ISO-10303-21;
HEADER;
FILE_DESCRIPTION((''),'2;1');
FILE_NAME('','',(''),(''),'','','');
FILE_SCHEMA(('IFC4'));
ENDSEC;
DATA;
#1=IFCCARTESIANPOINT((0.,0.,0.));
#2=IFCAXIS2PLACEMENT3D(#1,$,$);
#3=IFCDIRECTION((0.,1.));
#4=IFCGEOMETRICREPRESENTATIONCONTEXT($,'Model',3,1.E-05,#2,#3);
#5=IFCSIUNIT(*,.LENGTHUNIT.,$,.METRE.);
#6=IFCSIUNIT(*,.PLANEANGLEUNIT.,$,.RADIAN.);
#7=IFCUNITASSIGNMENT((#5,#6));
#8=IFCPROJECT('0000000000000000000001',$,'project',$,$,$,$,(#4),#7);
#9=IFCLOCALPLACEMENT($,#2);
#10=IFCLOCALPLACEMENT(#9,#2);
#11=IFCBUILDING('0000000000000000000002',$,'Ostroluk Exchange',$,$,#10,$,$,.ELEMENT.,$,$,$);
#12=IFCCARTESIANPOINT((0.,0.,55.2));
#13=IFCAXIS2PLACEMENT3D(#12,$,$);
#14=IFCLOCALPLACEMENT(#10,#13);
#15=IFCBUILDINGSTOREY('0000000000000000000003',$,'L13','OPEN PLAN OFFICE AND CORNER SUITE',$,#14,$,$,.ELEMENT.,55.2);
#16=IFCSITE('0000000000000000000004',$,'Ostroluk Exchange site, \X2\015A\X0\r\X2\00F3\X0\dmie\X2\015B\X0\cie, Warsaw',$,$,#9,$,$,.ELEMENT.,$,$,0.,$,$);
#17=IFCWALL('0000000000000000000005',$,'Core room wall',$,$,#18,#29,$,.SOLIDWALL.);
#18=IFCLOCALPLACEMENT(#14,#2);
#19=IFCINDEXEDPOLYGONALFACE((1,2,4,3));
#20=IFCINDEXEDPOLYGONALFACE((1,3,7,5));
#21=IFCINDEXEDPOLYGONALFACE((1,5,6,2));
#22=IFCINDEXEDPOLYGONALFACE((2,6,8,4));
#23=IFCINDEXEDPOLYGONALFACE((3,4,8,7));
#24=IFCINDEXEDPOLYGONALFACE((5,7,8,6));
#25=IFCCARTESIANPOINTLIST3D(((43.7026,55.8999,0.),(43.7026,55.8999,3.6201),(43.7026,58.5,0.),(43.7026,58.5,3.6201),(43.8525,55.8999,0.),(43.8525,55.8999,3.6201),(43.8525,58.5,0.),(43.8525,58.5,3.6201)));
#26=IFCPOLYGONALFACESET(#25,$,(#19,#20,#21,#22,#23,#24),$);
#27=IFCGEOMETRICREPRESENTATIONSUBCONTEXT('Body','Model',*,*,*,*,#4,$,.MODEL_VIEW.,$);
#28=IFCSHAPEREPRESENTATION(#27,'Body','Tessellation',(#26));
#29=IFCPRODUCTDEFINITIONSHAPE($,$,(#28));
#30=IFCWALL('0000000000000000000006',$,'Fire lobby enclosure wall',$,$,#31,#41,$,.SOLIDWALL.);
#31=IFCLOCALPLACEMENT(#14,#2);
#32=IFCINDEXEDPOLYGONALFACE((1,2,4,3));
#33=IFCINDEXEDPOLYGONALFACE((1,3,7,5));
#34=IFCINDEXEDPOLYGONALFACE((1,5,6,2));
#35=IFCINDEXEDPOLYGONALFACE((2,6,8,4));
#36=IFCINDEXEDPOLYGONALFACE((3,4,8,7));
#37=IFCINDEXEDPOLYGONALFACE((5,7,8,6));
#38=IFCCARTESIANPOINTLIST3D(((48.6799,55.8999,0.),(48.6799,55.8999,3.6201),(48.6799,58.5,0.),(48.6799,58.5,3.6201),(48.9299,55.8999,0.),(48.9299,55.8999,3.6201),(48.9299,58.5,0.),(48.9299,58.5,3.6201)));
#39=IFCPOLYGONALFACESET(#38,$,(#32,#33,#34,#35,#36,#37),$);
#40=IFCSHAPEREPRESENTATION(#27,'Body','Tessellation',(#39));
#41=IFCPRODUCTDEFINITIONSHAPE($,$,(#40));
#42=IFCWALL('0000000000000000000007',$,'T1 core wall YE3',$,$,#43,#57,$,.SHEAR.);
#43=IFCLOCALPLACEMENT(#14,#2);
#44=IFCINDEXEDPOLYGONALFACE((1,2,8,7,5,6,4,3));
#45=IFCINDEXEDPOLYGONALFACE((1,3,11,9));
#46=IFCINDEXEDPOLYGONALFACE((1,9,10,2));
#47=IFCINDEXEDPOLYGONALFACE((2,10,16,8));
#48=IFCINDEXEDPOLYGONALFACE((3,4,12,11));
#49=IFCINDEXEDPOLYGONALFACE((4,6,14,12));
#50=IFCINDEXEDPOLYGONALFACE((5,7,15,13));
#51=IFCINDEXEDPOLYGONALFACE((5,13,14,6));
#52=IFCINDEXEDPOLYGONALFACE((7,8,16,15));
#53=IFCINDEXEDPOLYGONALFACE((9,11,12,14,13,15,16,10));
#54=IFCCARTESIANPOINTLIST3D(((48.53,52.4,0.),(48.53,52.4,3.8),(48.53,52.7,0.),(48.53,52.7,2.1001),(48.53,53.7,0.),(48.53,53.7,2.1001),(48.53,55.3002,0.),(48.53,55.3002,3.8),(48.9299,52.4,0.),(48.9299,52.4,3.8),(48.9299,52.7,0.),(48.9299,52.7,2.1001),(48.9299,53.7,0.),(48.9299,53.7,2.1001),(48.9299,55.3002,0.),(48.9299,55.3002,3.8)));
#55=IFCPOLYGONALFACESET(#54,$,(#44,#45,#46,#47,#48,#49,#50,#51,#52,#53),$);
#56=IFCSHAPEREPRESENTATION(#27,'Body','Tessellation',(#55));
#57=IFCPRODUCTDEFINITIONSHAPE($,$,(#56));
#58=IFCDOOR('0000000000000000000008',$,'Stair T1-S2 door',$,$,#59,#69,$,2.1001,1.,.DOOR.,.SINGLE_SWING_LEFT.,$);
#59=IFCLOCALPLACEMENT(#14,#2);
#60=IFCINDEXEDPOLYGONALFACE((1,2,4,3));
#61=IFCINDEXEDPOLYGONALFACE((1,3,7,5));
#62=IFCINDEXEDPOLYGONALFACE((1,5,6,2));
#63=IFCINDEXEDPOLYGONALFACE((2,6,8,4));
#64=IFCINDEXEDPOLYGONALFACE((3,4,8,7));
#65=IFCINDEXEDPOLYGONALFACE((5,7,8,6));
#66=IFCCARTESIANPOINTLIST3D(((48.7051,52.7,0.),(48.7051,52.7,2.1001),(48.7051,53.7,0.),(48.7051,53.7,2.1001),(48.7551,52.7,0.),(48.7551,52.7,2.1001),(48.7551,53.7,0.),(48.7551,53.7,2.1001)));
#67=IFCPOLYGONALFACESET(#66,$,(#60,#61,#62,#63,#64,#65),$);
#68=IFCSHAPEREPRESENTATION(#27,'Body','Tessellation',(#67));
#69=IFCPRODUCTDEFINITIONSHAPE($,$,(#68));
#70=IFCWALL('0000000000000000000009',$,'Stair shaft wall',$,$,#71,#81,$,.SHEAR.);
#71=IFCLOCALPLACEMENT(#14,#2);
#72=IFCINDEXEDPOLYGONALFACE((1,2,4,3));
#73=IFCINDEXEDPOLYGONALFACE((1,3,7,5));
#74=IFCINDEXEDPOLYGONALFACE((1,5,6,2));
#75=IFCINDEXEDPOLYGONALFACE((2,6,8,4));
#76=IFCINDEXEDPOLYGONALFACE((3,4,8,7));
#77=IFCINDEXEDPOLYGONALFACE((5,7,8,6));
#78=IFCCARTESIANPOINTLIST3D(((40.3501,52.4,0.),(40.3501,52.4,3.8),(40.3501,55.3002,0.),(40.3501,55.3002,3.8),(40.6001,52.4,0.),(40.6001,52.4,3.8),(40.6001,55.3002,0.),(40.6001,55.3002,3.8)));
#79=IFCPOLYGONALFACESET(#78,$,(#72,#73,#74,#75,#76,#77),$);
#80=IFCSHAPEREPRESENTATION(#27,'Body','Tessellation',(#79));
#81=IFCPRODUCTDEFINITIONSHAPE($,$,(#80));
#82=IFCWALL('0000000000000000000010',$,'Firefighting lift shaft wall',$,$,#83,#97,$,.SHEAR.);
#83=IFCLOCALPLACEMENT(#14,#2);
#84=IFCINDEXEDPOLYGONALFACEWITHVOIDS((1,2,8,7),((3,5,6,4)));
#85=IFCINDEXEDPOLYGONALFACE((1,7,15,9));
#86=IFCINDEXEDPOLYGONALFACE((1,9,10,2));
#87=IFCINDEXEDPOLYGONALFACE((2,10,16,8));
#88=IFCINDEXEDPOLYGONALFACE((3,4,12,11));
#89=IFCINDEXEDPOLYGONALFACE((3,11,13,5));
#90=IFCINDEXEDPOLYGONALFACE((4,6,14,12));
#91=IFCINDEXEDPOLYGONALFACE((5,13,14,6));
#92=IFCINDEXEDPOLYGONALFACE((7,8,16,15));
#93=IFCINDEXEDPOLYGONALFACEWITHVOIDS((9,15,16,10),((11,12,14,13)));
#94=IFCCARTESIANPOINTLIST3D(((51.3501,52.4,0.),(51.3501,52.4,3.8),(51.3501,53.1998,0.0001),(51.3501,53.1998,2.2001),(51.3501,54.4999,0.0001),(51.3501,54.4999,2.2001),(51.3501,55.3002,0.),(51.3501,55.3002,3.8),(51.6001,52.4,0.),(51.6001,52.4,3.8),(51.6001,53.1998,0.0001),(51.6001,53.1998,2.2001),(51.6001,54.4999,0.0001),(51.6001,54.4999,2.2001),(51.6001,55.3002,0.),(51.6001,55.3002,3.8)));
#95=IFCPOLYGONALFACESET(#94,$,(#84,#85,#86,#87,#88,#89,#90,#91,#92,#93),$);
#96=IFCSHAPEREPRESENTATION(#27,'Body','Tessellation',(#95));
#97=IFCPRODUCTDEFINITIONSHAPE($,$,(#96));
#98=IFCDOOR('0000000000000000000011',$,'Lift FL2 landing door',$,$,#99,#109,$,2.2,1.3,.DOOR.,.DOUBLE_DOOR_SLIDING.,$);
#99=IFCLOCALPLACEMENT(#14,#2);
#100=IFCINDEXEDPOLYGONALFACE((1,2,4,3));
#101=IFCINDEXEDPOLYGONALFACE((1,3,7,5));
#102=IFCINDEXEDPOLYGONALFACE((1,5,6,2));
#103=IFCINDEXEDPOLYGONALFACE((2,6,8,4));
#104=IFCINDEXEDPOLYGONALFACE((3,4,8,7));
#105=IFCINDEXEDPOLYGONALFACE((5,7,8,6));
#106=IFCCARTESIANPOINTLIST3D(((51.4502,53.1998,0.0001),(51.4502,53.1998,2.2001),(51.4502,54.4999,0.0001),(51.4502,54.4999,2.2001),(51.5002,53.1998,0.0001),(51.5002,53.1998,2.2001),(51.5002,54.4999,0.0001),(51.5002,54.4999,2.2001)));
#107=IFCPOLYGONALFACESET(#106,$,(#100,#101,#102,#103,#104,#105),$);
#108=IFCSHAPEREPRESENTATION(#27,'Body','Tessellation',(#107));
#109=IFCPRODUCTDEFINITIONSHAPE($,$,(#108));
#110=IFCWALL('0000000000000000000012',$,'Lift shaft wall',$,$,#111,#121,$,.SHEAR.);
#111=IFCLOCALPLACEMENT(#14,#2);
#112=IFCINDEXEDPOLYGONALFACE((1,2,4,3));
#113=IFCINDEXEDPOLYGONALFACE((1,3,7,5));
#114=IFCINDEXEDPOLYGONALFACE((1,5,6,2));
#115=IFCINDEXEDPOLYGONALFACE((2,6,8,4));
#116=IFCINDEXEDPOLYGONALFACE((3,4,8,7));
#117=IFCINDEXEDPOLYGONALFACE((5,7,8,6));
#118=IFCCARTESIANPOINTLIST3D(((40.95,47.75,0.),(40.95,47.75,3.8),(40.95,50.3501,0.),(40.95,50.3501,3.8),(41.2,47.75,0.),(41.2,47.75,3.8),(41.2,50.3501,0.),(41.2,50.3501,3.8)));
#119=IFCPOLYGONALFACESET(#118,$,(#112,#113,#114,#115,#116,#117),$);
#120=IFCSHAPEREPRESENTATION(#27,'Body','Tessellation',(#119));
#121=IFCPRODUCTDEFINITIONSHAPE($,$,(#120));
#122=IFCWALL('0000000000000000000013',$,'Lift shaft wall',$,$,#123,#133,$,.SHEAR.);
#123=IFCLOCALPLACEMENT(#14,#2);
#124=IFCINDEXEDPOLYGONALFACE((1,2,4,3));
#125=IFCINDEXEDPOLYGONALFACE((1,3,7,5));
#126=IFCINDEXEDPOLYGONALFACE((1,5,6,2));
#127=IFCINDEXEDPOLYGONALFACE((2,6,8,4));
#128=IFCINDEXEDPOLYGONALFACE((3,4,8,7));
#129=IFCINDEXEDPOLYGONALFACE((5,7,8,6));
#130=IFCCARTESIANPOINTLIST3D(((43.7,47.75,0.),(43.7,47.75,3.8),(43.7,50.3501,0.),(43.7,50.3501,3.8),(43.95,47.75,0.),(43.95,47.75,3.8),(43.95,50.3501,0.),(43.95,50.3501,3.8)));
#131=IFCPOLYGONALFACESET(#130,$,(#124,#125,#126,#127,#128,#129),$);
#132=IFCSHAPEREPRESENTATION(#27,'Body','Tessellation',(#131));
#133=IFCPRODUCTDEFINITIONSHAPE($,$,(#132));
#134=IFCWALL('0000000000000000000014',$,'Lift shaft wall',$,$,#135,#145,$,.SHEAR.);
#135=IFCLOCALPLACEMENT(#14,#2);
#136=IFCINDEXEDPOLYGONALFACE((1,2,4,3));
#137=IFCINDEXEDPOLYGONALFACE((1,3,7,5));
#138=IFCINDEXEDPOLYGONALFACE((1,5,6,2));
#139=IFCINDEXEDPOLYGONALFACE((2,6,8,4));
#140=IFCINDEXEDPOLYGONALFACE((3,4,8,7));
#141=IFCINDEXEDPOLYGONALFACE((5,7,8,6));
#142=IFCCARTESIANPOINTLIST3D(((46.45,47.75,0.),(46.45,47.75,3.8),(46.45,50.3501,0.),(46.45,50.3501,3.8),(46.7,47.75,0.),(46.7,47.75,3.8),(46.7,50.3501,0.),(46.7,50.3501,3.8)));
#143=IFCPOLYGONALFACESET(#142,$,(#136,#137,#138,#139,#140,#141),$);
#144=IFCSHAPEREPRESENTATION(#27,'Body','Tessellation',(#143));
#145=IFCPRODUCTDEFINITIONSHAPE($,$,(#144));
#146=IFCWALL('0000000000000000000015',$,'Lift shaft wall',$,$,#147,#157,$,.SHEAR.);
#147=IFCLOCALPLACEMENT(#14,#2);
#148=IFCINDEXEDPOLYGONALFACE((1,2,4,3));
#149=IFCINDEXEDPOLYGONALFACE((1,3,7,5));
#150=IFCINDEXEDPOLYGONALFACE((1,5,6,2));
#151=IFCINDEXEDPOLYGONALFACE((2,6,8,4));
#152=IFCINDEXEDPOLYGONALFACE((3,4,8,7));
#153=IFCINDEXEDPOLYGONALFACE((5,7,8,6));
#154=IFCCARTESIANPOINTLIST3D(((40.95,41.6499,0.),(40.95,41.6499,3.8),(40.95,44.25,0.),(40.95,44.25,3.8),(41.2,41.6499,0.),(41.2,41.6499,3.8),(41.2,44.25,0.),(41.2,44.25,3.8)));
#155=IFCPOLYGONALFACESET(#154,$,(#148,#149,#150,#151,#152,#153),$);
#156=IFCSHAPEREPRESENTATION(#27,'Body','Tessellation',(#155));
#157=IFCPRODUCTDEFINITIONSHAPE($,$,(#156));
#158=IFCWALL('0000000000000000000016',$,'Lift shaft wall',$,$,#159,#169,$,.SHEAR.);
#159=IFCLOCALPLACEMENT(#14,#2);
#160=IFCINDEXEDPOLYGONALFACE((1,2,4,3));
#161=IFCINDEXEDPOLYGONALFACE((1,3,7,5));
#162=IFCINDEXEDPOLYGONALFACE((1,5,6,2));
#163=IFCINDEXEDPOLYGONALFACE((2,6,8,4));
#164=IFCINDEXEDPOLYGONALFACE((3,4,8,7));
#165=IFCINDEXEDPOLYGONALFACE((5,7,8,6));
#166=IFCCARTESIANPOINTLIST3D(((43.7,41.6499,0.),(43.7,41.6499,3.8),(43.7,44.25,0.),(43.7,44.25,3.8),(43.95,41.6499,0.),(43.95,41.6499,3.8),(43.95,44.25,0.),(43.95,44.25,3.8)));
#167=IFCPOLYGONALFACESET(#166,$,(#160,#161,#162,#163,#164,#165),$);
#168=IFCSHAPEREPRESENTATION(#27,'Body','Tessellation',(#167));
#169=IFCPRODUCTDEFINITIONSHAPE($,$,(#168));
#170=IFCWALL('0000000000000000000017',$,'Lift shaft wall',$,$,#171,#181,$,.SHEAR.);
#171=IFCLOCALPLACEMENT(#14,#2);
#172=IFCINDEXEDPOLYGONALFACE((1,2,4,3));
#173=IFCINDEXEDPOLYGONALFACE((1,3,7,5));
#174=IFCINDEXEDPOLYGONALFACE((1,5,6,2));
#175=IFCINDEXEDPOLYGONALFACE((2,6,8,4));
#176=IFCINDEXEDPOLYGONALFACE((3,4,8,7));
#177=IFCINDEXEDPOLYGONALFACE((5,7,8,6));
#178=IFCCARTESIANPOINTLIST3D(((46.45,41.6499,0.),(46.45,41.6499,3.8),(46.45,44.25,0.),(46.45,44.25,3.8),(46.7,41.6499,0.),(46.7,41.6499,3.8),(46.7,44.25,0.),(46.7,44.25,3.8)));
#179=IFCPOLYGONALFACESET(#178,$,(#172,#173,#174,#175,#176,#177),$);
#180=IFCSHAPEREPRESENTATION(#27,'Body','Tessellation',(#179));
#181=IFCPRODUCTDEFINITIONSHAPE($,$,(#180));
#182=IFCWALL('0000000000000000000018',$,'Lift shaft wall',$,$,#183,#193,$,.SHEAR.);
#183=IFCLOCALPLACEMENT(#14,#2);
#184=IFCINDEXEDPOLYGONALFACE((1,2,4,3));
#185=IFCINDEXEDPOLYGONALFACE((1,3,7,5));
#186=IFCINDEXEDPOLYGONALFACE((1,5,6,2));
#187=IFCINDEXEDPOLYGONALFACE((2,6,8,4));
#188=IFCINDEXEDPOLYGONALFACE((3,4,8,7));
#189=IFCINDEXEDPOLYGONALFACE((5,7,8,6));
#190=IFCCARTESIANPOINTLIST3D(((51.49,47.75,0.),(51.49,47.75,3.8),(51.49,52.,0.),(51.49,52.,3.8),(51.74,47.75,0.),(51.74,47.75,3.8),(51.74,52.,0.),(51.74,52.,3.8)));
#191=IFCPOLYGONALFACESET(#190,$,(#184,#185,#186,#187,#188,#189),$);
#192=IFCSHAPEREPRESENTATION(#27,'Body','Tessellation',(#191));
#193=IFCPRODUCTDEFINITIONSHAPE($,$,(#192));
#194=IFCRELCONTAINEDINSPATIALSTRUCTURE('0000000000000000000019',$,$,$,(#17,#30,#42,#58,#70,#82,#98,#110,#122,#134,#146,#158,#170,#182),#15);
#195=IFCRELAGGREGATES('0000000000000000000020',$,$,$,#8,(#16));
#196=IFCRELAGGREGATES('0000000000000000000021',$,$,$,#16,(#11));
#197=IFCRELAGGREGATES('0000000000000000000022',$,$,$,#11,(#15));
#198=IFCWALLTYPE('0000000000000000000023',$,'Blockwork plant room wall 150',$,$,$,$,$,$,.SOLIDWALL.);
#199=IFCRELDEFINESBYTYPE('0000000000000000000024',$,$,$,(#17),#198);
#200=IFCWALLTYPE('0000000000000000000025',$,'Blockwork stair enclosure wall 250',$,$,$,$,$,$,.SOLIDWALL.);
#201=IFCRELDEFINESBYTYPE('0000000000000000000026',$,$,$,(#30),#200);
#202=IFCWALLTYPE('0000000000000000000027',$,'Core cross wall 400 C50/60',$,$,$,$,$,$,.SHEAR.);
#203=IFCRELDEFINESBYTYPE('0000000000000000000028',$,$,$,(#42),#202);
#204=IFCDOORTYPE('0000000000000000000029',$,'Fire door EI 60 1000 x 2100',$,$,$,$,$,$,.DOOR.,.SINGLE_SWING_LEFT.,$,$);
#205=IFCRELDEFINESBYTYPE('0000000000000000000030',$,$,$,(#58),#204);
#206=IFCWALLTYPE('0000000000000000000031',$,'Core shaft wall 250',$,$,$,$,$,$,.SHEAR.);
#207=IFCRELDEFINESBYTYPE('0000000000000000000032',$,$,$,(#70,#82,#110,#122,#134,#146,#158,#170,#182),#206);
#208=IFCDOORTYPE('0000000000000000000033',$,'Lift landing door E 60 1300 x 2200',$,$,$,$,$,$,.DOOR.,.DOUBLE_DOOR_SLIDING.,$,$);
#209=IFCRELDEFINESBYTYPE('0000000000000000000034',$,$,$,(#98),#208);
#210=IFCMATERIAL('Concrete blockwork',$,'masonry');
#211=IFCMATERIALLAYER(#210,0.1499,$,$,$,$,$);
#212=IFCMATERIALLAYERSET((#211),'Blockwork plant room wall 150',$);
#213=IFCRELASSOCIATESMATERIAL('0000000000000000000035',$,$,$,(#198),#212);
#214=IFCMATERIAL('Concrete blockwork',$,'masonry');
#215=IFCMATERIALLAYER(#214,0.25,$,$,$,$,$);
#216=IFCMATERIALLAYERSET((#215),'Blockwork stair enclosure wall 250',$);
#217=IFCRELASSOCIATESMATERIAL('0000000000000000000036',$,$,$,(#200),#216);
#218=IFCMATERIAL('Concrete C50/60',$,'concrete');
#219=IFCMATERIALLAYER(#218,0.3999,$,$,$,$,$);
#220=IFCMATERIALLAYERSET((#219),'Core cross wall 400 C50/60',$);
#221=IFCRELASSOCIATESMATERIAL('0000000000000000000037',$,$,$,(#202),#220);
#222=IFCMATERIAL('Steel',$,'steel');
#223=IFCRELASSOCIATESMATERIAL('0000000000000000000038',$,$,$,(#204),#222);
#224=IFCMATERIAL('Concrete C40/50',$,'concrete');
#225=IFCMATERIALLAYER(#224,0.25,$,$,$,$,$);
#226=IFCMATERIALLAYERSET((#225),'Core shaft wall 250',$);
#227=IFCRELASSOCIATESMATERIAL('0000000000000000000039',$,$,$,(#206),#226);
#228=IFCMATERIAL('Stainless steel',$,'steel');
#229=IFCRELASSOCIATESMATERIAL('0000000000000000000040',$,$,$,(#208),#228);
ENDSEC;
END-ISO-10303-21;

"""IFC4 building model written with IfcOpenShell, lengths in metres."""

from ifc_helpers import new_model, si_unit, direction, frame, frame_2d, origin, place, context, subcontext, project, spatial, rectangle, extrude, material, layer, layer_set, type_object, element, fill, save


model = new_model("IFC4")

# Units and contexts
model_context = context("Model", 3, precision=1e-05, world=origin(), true_north=direction((0.0, 1.0)))
body_context = subcontext(model_context, "Body", "Model", "MODEL_VIEW")
ifc_project = project(units=[si_unit("LENGTHUNIT", "METRE"), si_unit("PLANEANGLEUNIT", "RADIAN")], contexts=[model_context])

# Site, building, storey
site_placement = place(None, origin())
site = spatial("IfcSite", under=ifc_project, at=site_placement, Name="Ostroluk Exchange site, Śródmieście, Warsaw", CompositionType="ELEMENT", RefElevation=0.0)
building_placement = place(site_placement, origin())
building = spatial("IfcBuilding", under=site, at=building_placement, Name="Ostroluk Exchange", CompositionType="ELEMENT")
storey_placement = place(building_placement, frame((0.0, 0.0, 55.2)))
storey = spatial("IfcBuildingStorey", under=building, at=storey_placement, Name="L13", Description="OPEN PLAN OFFICE AND CORNER SUITE", CompositionType="ELEMENT", Elevation=55.2)

# Walls
ifc_material_1 = material(Name="Concrete blockwork", Category="masonry")
ifc_layer_1 = layer(ifc_material_1, 0.1499)
ifc_layer_set_1 = layer_set([ifc_layer_1], Name="Blockwork plant room wall 150")
wall_type_1 = type_object("IfcWallType", Name="Blockwork plant room wall 150", PredefinedType="SOLIDWALL", material=ifc_layer_set_1)
wall_1_placement = place(storey_placement, frame((43.7776, 55.8999, 0.0), z_axis=(0.0, 0.0, 1.0), x_axis=(0.0, 1.0, 0.0)))
element("IfcWall", 1, at=wall_1_placement, inside=storey, type_object=wall_type_1, Name="Core room wall", PredefinedType="SOLIDWALL", context=body_context, shape_type="SweptSolid", body=[
    extrude(rectangle(XDim=2.6001, YDim=0.1499, at=frame_2d((1.3, 0.0))), origin(), (0.0, 0.0, 1.0), 3.6201),
])
ifc_material_2 = material(Name="Concrete blockwork", Category="masonry")
ifc_layer_2 = layer(ifc_material_2, 0.25)
ifc_layer_set_2 = layer_set([ifc_layer_2], Name="Blockwork stair enclosure wall 250")
wall_type_2 = type_object("IfcWallType", Name="Blockwork stair enclosure wall 250", PredefinedType="SOLIDWALL", material=ifc_layer_set_2)
wall_2_placement = place(storey_placement, frame((48.8049, 55.8999, 0.0), z_axis=(0.0, 0.0, 1.0), x_axis=(0.0, 1.0, 0.0)))
element("IfcWall", 2, at=wall_2_placement, inside=storey, type_object=wall_type_2, Name="Fire lobby enclosure wall", PredefinedType="SOLIDWALL", context=body_context, shape_type="SweptSolid", body=[
    extrude(rectangle(XDim=2.6001, YDim=0.25, at=frame_2d((1.3, 0.0))), origin(), (0.0, 0.0, 1.0), 3.6201),
])

# Wall, opening, door
ifc_material_3 = material(Name="Concrete C50/60", Category="concrete")
ifc_layer_3 = layer(ifc_material_3, 0.3999)
ifc_layer_set_3 = layer_set([ifc_layer_3], Name="Core cross wall 400 C50/60")
wall_type_3 = type_object("IfcWallType", Name="Core cross wall 400 C50/60", PredefinedType="SHEAR", material=ifc_layer_set_3)
wall_3_placement = place(storey_placement, frame((48.73, 52.3999, 0.0), z_axis=(0.0, 0.0, 1.0), x_axis=(0.0, 1.0, 0.0)))
wall_3 = element("IfcWall", 3, at=wall_3_placement, inside=storey, type_object=wall_type_3, Name="T1 core wall YE3", PredefinedType="SHEAR", context=body_context, shape_type="SweptSolid", body=[
    extrude(rectangle(XDim=2.9001, YDim=0.3999, at=frame_2d((1.4502, 0.0))), origin(), (0.0, 0.0, 1.0), 3.8),
])
opening_1_placement = place(wall_3_placement, frame((0.3, 0.0, 0.0)))
opening_1 = element("IfcOpeningElement", 4, at=opening_1_placement, cuts=wall_3, PredefinedType="OPENING", context=body_context, shape_type="SweptSolid", body=[
    extrude(rectangle(XDim=1.0, YDim=2.1001, at=frame_2d((0.5, 1.05))), frame((0.0, 0.21, 0.0), z_axis=(0.0, -1.0, 0.0), x_axis=(1.0, 0.0, 0.0)), (0.0, 0.0, 1.0), 0.4199),
])
ifc_material_4 = material(Name="Steel", Category="steel")
door_type_1 = type_object("IfcDoorType", Name="Fire door EI 60 1000 x 2100", OperationType="SINGLE_SWING_LEFT", PredefinedType="DOOR", material=ifc_material_4)
door_1_placement = place(opening_1_placement, origin())
door_1 = element("IfcDoor", 5, at=door_1_placement, inside=storey, type_object=door_type_1, Name="Stair T1-S2 door", OperationType="SINGLE_SWING_LEFT", OverallHeight=2.1001, OverallWidth=1.0, PredefinedType="DOOR", context=body_context, shape_type="SweptSolid", body=[
    extrude(rectangle(XDim=1.0, YDim=2.1001, at=frame_2d((0.5, 1.05))), frame((0.0, 0.0249, 0.0), z_axis=(0.0, -1.0, 0.0), x_axis=(1.0, 0.0, 0.0)), (0.0, 0.0, 1.0), 0.05),
])
fill(opening_1, door_1)

# Wall
ifc_material_5 = material(Name="Concrete C40/50", Category="concrete")
ifc_layer_4 = layer(ifc_material_5, 0.25)
ifc_layer_set_4 = layer_set([ifc_layer_4], Name="Core shaft wall 250")
wall_type_4 = type_object("IfcWallType", Name="Core shaft wall 250", PredefinedType="SHEAR", material=ifc_layer_set_4)
wall_4_placement = place(storey_placement, frame((40.4751, 52.3999, 0.0), z_axis=(0.0, 0.0, 1.0), x_axis=(0.0, 1.0, 0.0)))
element("IfcWall", 6, at=wall_4_placement, inside=storey, type_object=wall_type_4, Name="Stair shaft wall", PredefinedType="SHEAR", context=body_context, shape_type="SweptSolid", body=[
    extrude(rectangle(XDim=2.9001, YDim=0.25, at=frame_2d((1.4502, 0.0))), origin(), (0.0, 0.0, 1.0), 3.8),
])

# Wall, opening, door
wall_5_placement = place(storey_placement, frame((51.4751, 52.3999, 0.0), z_axis=(0.0, 0.0, 1.0), x_axis=(0.0, 1.0, 0.0)))
wall_5 = element("IfcWall", 7, at=wall_5_placement, inside=storey, type_object=wall_type_4, Name="Firefighting lift shaft wall", PredefinedType="SHEAR", context=body_context, shape_type="SweptSolid", body=[
    extrude(rectangle(XDim=2.9001, YDim=0.25, at=frame_2d((1.4502, 0.0))), origin(), (0.0, 0.0, 1.0), 3.8),
])
opening_2_placement = place(wall_5_placement, frame((0.8, 0.0, 0.0)))
opening_2 = element("IfcOpeningElement", 8, at=opening_2_placement, cuts=wall_5, PredefinedType="OPENING", context=body_context, shape_type="SweptSolid", body=[
    extrude(rectangle(XDim=1.3, YDim=2.2, at=frame_2d((0.6499, 1.1001))), frame((0.0, 0.135, 0.0), z_axis=(0.0, -1.0, 0.0), x_axis=(1.0, 0.0, 0.0)), (0.0, 0.0, 1.0), 0.27),
])
ifc_material_6 = material(Name="Stainless steel", Category="steel")
door_type_2 = type_object("IfcDoorType", Name="Lift landing door E 60 1300 x 2200", OperationType="DOUBLE_DOOR_SLIDING", PredefinedType="DOOR", material=ifc_material_6)
door_2_placement = place(opening_2_placement, origin())
door_2 = element("IfcDoor", 9, at=door_2_placement, inside=storey, type_object=door_type_2, Name="Lift FL2 landing door", OperationType="DOUBLE_DOOR_SLIDING", OverallHeight=2.2, OverallWidth=1.3, PredefinedType="DOOR", context=body_context, shape_type="SweptSolid", body=[
    extrude(rectangle(XDim=1.3, YDim=2.2, at=frame_2d((0.6499, 1.1001))), frame((0.0, 0.0249, 0.0), z_axis=(0.0, -1.0, 0.0), x_axis=(1.0, 0.0, 0.0)), (0.0, 0.0, 1.0), 0.05),
])
fill(opening_2, door_2)

# Walls
for number, where, z_axis, x_axis, name in (
    (10, (41.075, 47.75, 0.0), (0.0, 0.0, 1.0), (0.0, 1.0, 0.0), "Lift shaft wall"),
    (11, (43.825, 47.75, 0.0), (0.0, 0.0, 1.0), (0.0, 1.0, 0.0), "Lift shaft wall"),
    (12, (46.575, 47.75, 0.0), (0.0, 0.0, 1.0), (0.0, 1.0, 0.0), "Lift shaft wall"),
    (13, (41.075, 44.25, 0.0), (0.0, 0.0, 1.0), (0.0, -1.0, 0.0), "Lift shaft wall"),
    (14, (43.825, 44.25, 0.0), (0.0, 0.0, 1.0), (0.0, -1.0, 0.0), "Lift shaft wall"),
    (15, (46.575, 44.25, 0.0), (0.0, 0.0, 1.0), (0.0, -1.0, 0.0), "Lift shaft wall"),
):
    element("IfcWall", number, at=place(storey_placement, frame(where, z_axis=z_axis, x_axis=x_axis)), inside=storey, type_object=wall_type_4, Name=name, PredefinedType="SHEAR", context=body_context, shape_type="SweptSolid", body=[
        extrude(rectangle(XDim=2.6001, YDim=0.25, at=frame_2d((1.3, 0.0))), origin(), (0.0, 0.0, 1.0), 3.8),
    ])
wall_6_placement = place(storey_placement, frame((51.615, 47.75, 0.0), z_axis=(0.0, 0.0, 1.0), x_axis=(0.0, 1.0, 0.0)))
element("IfcWall", 16, at=wall_6_placement, inside=storey, type_object=wall_type_4, Name="Lift shaft wall", PredefinedType="SHEAR", context=body_context, shape_type="SweptSolid", body=[
    extrude(rectangle(XDim=4.25, YDim=0.25, at=frame_2d((2.125, 0.0))), origin(), (0.0, 0.0, 1.0), 3.8),
])

save(model, "model.ifc")
